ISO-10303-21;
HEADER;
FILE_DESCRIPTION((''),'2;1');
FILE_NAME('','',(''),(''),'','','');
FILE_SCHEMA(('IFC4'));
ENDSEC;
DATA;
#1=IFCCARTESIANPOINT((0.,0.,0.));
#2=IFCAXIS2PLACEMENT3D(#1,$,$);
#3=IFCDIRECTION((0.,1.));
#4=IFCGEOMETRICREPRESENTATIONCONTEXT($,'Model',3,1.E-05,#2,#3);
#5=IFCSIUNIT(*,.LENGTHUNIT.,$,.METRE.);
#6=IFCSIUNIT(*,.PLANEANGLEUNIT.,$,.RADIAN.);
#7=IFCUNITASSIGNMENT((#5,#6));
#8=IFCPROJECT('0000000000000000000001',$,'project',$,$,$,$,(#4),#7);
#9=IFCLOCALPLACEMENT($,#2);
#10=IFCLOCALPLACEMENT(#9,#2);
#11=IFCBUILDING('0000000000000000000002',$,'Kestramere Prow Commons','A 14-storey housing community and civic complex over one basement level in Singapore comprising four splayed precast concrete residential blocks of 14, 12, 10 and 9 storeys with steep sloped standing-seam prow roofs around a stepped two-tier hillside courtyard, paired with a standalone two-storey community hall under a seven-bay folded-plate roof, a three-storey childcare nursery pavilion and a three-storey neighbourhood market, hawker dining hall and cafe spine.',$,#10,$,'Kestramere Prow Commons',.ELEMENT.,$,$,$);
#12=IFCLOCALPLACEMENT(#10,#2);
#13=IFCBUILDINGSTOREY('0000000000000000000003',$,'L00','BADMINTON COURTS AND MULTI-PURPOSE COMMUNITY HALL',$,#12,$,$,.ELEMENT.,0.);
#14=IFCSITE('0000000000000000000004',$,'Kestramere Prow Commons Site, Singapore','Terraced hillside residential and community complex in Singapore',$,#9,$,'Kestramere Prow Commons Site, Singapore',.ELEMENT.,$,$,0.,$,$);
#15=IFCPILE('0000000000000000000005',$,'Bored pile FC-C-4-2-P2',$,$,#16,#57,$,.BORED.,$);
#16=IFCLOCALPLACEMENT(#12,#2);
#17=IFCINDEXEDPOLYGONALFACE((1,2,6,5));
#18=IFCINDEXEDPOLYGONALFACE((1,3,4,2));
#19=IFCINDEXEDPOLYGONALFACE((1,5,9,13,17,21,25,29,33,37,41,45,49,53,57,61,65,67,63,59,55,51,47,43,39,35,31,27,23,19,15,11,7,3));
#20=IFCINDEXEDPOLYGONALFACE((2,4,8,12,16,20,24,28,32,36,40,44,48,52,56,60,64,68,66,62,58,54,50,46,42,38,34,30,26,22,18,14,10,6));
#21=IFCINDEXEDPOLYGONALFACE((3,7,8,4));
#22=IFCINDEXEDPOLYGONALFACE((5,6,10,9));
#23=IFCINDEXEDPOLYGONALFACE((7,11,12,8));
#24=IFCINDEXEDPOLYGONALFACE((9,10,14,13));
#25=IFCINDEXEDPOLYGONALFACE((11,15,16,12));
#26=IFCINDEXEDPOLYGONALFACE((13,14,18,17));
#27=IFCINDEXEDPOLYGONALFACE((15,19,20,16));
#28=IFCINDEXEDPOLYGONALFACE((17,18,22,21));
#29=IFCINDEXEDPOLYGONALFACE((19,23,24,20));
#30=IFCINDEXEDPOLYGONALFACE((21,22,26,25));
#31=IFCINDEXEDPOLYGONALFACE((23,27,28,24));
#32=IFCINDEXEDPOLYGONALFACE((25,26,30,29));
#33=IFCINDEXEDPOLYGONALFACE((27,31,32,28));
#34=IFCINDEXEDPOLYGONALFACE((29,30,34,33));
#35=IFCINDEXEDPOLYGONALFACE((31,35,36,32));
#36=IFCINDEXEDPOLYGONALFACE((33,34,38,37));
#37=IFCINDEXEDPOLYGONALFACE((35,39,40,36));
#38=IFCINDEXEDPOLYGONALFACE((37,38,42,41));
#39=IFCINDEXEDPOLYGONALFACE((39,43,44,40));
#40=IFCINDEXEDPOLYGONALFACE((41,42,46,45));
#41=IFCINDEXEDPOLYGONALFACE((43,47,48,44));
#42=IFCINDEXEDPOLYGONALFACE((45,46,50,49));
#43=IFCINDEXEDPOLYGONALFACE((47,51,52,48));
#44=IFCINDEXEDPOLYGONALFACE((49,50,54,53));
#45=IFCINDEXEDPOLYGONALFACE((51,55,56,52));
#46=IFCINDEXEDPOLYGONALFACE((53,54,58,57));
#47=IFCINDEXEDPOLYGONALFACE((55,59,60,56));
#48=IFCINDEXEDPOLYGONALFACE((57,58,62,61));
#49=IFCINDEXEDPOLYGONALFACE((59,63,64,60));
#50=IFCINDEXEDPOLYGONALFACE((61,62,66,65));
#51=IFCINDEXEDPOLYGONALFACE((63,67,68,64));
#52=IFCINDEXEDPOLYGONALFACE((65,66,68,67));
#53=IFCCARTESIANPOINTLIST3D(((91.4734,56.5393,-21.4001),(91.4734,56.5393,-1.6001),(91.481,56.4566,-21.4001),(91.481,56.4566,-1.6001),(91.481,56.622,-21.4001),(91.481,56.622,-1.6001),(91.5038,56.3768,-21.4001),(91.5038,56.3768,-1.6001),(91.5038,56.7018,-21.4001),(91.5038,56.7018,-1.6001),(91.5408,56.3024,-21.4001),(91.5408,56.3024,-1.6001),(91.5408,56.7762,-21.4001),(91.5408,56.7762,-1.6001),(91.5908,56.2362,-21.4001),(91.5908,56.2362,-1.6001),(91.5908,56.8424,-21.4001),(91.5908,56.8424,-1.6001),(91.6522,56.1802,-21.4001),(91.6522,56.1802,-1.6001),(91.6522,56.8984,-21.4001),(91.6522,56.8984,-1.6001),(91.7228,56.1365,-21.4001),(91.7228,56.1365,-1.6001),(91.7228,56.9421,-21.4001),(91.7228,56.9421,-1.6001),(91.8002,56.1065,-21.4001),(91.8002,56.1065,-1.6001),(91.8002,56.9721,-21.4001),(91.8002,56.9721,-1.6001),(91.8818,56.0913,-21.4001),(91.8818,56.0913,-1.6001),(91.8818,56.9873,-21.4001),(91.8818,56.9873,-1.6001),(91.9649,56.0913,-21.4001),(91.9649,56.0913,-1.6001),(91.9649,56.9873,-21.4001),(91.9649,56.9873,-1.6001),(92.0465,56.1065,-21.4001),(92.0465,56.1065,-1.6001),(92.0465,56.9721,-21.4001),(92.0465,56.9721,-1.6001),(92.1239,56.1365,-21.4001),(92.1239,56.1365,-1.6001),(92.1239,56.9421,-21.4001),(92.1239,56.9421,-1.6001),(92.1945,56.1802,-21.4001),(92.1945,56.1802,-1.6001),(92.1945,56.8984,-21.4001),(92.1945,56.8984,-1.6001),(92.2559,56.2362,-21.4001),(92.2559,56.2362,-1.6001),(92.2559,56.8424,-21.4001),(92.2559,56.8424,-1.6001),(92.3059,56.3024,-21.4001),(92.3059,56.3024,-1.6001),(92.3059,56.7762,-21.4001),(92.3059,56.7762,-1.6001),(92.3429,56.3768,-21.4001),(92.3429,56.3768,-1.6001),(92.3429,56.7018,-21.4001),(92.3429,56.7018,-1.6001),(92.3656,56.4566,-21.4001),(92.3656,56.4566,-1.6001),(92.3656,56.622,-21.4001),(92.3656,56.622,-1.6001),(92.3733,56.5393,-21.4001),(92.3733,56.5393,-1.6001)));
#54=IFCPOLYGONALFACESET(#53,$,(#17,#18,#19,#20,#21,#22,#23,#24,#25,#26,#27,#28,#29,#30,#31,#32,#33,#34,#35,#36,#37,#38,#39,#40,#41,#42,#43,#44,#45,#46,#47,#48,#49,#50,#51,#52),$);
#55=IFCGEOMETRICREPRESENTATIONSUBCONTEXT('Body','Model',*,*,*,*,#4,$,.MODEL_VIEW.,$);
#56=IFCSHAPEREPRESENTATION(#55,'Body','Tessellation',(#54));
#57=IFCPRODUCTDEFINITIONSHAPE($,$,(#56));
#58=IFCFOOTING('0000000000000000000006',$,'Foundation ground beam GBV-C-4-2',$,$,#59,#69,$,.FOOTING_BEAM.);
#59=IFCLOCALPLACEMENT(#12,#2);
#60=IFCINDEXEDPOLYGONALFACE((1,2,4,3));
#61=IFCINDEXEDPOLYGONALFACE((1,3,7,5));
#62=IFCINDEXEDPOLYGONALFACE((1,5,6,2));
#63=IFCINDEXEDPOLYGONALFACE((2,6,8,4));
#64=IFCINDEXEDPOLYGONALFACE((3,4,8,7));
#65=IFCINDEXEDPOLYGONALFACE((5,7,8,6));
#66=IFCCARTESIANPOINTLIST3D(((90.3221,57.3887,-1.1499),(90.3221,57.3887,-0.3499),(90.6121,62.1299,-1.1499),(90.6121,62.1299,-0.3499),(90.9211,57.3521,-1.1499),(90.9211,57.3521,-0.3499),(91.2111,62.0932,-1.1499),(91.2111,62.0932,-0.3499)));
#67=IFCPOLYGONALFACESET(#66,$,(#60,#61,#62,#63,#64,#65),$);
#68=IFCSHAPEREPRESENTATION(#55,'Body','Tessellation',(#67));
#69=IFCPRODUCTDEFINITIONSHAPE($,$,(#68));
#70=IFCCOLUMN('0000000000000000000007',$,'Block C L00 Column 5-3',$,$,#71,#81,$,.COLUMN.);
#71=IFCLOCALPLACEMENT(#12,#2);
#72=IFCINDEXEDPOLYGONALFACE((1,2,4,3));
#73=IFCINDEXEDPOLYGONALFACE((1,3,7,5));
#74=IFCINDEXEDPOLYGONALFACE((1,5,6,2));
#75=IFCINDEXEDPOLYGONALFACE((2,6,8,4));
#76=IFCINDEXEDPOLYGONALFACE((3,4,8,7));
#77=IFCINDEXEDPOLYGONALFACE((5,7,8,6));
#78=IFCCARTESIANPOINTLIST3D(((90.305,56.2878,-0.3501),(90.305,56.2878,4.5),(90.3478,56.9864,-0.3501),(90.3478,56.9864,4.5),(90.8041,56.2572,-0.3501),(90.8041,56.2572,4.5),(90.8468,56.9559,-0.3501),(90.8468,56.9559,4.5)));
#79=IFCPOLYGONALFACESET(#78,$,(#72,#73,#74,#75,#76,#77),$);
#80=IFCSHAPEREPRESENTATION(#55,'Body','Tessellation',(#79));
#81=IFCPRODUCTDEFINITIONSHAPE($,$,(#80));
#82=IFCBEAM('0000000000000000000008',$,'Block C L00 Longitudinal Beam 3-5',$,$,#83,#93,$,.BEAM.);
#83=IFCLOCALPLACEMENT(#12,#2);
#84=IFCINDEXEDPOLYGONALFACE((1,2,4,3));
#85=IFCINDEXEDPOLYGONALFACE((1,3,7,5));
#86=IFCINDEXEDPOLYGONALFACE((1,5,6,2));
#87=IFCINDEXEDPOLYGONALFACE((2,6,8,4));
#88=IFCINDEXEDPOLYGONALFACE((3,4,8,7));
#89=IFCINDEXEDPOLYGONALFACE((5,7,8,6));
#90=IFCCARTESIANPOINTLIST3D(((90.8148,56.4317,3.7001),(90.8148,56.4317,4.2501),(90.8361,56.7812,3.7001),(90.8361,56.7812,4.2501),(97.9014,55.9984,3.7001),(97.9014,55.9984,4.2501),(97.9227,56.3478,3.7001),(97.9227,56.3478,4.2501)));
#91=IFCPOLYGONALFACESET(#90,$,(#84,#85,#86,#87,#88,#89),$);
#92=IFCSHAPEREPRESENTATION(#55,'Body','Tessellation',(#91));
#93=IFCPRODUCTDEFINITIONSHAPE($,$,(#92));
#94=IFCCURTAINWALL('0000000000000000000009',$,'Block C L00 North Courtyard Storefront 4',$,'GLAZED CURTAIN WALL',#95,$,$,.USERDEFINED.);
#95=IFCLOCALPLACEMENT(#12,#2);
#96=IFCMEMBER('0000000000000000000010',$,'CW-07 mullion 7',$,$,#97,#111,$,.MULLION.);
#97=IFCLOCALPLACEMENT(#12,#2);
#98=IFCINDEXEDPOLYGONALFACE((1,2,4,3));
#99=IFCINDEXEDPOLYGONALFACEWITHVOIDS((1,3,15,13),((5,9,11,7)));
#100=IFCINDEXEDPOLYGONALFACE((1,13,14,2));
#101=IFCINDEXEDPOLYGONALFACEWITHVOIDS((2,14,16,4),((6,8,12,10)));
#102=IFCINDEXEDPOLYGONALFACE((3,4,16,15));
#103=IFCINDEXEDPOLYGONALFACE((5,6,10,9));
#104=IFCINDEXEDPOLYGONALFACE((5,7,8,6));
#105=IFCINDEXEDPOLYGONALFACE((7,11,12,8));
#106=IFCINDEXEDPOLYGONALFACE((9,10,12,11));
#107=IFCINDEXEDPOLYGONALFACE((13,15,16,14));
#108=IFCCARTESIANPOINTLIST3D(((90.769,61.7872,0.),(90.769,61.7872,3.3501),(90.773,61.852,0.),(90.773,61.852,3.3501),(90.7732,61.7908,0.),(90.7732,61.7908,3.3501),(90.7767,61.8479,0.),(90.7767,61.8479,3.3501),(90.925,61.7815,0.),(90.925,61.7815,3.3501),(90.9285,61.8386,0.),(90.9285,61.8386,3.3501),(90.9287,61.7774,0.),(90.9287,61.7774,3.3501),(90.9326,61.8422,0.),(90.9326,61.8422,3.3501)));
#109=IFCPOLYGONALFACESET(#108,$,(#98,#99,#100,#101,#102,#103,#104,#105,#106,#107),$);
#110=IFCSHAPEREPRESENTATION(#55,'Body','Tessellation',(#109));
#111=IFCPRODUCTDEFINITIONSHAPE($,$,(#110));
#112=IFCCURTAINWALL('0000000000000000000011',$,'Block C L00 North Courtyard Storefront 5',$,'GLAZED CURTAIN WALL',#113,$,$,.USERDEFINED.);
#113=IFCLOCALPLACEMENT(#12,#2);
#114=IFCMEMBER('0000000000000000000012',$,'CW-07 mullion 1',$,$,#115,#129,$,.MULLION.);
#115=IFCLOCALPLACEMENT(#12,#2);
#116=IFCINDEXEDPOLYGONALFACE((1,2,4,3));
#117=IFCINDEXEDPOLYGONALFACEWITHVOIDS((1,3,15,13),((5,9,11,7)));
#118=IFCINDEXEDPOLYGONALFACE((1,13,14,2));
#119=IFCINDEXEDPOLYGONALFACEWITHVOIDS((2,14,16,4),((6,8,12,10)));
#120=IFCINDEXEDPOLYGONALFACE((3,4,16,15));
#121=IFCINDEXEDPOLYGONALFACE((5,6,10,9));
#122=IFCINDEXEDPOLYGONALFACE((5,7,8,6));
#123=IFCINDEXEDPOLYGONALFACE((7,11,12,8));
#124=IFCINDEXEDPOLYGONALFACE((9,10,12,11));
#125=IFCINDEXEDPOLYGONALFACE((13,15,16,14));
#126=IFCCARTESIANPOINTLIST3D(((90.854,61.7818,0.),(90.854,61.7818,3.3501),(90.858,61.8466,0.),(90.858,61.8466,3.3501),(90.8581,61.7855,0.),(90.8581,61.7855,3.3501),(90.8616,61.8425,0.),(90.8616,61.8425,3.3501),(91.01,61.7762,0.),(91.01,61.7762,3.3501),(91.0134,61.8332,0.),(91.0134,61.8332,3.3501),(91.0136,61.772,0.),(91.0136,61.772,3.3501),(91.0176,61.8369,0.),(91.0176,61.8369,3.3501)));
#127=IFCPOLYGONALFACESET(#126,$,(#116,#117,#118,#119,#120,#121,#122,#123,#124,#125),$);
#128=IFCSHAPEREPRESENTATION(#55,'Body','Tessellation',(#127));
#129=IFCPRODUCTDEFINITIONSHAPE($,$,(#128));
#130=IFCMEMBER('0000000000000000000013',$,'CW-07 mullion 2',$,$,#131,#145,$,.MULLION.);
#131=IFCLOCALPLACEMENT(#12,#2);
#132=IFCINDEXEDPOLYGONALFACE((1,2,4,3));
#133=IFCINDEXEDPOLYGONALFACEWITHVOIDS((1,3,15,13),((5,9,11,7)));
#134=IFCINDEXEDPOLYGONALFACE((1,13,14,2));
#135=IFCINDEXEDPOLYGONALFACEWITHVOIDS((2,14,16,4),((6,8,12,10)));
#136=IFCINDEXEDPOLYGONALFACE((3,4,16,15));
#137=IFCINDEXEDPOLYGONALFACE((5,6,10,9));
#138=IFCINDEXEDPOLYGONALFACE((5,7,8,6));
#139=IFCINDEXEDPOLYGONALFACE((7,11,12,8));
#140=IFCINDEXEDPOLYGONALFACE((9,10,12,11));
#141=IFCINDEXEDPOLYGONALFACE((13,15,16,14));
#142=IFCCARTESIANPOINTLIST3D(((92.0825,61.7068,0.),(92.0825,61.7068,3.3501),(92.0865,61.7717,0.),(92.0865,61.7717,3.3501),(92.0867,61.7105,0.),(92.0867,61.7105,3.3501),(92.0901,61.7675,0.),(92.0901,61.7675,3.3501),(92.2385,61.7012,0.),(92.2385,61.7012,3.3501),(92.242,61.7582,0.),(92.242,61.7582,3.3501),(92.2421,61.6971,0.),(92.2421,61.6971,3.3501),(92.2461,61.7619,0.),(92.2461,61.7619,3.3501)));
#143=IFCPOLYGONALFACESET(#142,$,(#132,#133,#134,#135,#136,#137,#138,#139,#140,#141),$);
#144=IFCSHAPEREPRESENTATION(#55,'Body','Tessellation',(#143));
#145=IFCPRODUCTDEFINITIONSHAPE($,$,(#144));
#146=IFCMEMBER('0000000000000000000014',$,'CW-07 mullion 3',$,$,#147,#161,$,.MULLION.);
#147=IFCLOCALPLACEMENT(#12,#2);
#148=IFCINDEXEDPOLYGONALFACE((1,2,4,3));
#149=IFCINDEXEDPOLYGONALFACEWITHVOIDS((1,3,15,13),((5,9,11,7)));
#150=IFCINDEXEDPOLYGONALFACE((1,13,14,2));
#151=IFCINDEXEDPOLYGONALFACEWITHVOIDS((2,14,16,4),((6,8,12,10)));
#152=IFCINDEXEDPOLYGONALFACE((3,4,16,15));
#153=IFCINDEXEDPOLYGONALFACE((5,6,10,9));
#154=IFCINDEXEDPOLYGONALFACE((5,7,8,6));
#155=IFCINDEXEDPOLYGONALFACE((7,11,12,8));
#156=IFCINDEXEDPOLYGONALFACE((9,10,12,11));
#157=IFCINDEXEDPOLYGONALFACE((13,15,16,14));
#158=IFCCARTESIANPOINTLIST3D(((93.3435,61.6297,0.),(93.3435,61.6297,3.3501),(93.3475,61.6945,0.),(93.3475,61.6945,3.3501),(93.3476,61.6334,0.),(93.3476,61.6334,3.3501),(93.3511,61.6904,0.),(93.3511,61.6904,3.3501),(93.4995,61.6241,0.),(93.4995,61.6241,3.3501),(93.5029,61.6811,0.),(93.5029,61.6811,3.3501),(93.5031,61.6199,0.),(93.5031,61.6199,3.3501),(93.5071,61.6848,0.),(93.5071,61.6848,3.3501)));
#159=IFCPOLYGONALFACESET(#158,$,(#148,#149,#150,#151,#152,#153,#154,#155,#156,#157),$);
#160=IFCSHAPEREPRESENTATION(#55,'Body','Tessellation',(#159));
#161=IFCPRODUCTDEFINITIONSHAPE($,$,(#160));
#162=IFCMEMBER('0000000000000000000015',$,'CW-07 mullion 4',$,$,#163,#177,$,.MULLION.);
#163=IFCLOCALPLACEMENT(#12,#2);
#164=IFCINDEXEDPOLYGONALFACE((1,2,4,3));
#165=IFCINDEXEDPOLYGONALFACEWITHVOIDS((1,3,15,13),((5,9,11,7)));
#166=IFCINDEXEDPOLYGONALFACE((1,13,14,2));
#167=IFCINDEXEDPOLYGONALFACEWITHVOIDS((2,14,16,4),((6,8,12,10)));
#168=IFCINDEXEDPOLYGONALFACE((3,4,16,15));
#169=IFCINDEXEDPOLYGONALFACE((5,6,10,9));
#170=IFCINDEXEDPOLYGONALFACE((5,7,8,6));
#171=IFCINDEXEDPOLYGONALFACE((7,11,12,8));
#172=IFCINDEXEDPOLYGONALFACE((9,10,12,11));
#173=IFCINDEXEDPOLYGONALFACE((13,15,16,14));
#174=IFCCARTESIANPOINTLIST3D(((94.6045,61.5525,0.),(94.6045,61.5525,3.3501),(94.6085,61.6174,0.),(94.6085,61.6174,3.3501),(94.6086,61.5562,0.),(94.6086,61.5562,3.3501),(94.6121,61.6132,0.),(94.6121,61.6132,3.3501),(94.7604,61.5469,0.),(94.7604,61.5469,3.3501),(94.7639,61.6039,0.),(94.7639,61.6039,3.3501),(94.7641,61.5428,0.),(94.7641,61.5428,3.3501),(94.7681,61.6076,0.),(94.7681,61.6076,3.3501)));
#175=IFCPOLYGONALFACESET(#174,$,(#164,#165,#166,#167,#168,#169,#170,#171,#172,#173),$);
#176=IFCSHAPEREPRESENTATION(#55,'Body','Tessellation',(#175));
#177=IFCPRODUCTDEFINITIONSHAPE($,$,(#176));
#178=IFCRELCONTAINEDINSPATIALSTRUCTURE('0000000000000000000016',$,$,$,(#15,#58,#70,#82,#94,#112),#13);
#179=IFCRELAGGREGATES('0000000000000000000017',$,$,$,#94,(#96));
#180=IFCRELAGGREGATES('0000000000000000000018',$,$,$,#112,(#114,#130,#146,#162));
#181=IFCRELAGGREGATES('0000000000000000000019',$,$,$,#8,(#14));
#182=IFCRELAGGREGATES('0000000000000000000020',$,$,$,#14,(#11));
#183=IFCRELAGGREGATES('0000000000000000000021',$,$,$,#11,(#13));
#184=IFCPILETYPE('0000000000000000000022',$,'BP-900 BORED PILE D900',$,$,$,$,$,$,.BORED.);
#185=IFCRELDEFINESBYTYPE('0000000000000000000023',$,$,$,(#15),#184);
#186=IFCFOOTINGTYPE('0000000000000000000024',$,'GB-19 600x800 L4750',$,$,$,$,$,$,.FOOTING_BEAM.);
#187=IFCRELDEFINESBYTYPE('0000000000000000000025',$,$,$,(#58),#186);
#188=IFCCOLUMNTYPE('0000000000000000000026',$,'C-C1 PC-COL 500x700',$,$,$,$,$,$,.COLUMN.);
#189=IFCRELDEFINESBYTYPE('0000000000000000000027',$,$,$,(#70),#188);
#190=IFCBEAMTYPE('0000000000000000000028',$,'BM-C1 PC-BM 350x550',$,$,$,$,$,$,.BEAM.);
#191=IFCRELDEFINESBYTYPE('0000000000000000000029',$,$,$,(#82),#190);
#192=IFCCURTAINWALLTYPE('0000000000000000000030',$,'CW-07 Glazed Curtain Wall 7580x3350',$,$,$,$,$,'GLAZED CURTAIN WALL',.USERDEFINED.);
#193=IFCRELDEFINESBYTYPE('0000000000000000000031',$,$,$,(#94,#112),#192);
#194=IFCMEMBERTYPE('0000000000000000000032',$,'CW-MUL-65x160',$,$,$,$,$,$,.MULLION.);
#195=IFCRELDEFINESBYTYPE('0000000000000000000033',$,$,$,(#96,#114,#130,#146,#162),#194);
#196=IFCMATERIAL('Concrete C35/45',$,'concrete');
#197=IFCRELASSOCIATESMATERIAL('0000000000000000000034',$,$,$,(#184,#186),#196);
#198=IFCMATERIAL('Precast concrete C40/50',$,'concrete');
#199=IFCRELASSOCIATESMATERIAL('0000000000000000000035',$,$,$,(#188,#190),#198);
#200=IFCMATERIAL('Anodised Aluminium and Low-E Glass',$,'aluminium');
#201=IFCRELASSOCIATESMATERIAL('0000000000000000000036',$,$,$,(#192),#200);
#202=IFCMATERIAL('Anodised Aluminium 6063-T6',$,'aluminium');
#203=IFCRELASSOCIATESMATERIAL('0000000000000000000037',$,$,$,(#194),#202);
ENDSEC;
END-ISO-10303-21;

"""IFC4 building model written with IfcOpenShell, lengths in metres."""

from ifc_helpers import new_model, si_unit, direction, frame, origin, origin_2d, place, context, subcontext, project, spatial, rectangle, hollow_rectangle, circle, extrude, material, material_profile, profile_set, type_object, element, aggregate, save


model = new_model("IFC4")

# Units and contexts
model_context = context("Model", 3, precision=1e-05, world=origin(), true_north=direction((0.0, 1.0)))
body_context = subcontext(model_context, "Body", "Model", "MODEL_VIEW")
ifc_project = project(units=[si_unit("LENGTHUNIT", "METRE"), si_unit("PLANEANGLEUNIT", "RADIAN")], contexts=[model_context])

# Site, building, storey
site_placement = place(None, origin())
site = spatial("IfcSite", under=ifc_project, at=site_placement, Name="Kestramere Prow Commons Site, Singapore", Description="Terraced hillside residential and community complex in Singapore", LongName="Kestramere Prow Commons Site, Singapore", CompositionType="ELEMENT", RefElevation=0.0)
building_placement = place(site_placement, origin())
building = spatial("IfcBuilding", under=site, at=building_placement, Name="Kestramere Prow Commons", Description="A 14-storey housing community and civic complex over one basement level in Singapore comprising four splayed precast concrete residential blocks of 14, 12, 10 and 9 storeys with steep sloped standing-seam prow roofs around a stepped two-tier hillside courtyard, paired with a standalone two-storey community hall under a seven-bay folded-plate roof, a three-storey childcare nursery pavilion and a three-storey neighbourhood market, hawker dining hall and cafe spine.", LongName="Kestramere Prow Commons", CompositionType="ELEMENT")
storey_placement = place(building_placement, origin())
storey = spatial("IfcBuildingStorey", under=building, at=storey_placement, Name="L00", Description="BADMINTON COURTS AND MULTI-PURPOSE COMMUNITY HALL", CompositionType="ELEMENT", Elevation=0.0)

# Pile
ifc_material_1 = material(Name="Concrete C35/45", Category="concrete")
ifc_material_profile_1 = material_profile(ifc_material_1, circle(Radius=0.45, at=origin_2d()), Name="BORED PILE D900")
ifc_profile_set_1 = profile_set([ifc_material_profile_1], Name="Concrete C35/45")
pile_type = type_object("IfcPileType", Name="BP-900 BORED PILE D900", PredefinedType="BORED", material=ifc_profile_set_1)
pile_placement = place(storey_placement, frame((91.9233, 56.5393, -1.6001), z_axis=(0.0, 0.0, -1.0), x_axis=(1.0, 0.0, 0.0)))
element("IfcPile", 1, at=pile_placement, inside=storey, type_object=pile_type, Name="Bored pile FC-C-4-2-P2", PredefinedType="BORED", context=body_context, shape_type="SweptSolid", body=[
    extrude(circle(Radius=0.45, at=origin_2d()), origin(), (0.0, 0.0, 1.0), 19.8),
])

# Footing
footing_type = type_object("IfcFootingType", Name="GB-19 600x800 L4750", PredefinedType="FOOTING_BEAM", material=ifc_material_1)
footing_placement = place(storey_placement, frame((90.7666, 59.741, -1.1499), z_axis=(0.0, 0.0, 1.0), x_axis=(0.061049, 0.998135, 0.0)))
element("IfcFooting", 2, at=footing_placement, inside=storey, type_object=footing_type, Name="Foundation ground beam GBV-C-4-2", PredefinedType="FOOTING_BEAM", context=body_context, shape_type="SweptSolid", body=[
    extrude(rectangle(XDim=4.75, YDim=0.6001, at=origin_2d()), origin(), (0.0, 0.0, 1.0), 0.8),
])

# Column
ifc_material_2 = material(Name="Precast concrete C40/50", Category="concrete")
ifc_material_profile_2 = material_profile(ifc_material_2, rectangle(XDim=0.5, YDim=0.7, at=origin_2d()), Name="PC-COL 500x700")
ifc_profile_set_2 = profile_set([ifc_material_profile_2], Name="Precast concrete C40/50")
column_type = type_object("IfcColumnType", Name="C-C1 PC-COL 500x700", PredefinedType="COLUMN", material=ifc_profile_set_2)
column_placement = place(storey_placement, frame((90.5759, 56.6218, -0.3501), z_axis=(0.0, 0.0, 1.0), x_axis=(0.998135, -0.061049, 0.0)))
element("IfcColumn", 3, at=column_placement, inside=storey, type_object=column_type, Name="Block C L00 Column 5-3", PredefinedType="COLUMN", context=body_context, shape_type="SweptSolid", body=[
    extrude(rectangle(XDim=0.5, YDim=0.7, at=origin_2d()), origin(), (0.0, 0.0, 1.0), 4.8501),
])

# Beam
ifc_material_profile_3 = material_profile(ifc_material_2, rectangle(XDim=0.3501, YDim=0.55, at=origin_2d()), Name="PC-BM 350x550")
ifc_profile_set_3 = profile_set([ifc_material_profile_3], Name="Precast concrete C40/50")
beam_type_1 = type_object("IfcBeamType", Name="BM-C1 PC-BM 350x550", PredefinedType="BEAM", material=ifc_profile_set_3)
beam_1_placement = place(storey_placement, frame((90.8254, 56.6064, 3.9751), z_axis=(0.998136, -0.061036, 0.0), x_axis=(0.061036, 0.998136, 0.0)))
element("IfcBeam", 4, at=beam_1_placement, inside=storey, type_object=beam_type_1, Name="Block C L00 Longitudinal Beam 3-5", PredefinedType="BEAM", context=body_context, shape_type="SweptSolid", body=[
    extrude(rectangle(XDim=0.3501, YDim=0.55, at=origin_2d()), origin(), (0.0, 0.0, 1.0), 7.0999),
])

# Curtain wall, member
ifc_material_3 = material(Name="Anodised Aluminium and Low-E Glass", Category="aluminium")
curtain_wall_type = type_object("IfcCurtainWallType", Name="CW-07 Glazed Curtain Wall 7580x3350", ElementType="GLAZED CURTAIN WALL", PredefinedType="USERDEFINED", material=ifc_material_3)
curtain_wall_1_placement = place(storey_placement, origin())
curtain_wall_1 = element("IfcCurtainWall", 5, at=curtain_wall_1_placement, inside=storey, type_object=curtain_wall_type, Name="Block C L00 North Courtyard Storefront 4", ObjectType="GLAZED CURTAIN WALL", PredefinedType="USERDEFINED")
ifc_material_4 = material(Name="Anodised Aluminium 6063-T6", Category="aluminium")
ifc_material_profile_4 = material_profile(ifc_material_4, hollow_rectangle(XDim=0.0649, YDim=0.1599, WallThickness=0.0039, at=origin_2d()), Name="ALU-MUL 65x160")
ifc_profile_set_4 = profile_set([ifc_material_profile_4], Name="Anodised Aluminium 6063-T6")
member_type_1 = type_object("IfcMemberType", Name="CW-MUL-65x160", PredefinedType="MULLION", material=ifc_profile_set_4)
member_1_placement = place(storey_placement, frame((90.8508, 61.8147, 0.0), z_axis=(0.0, 0.0, 1.0), x_axis=(0.061049, 0.998135, 0.0)))
member_1 = element("IfcMember", 6, at=member_1_placement, type_object=member_type_1, Name="CW-07 mullion 7", PredefinedType="MULLION", context=body_context, shape_type="SweptSolid", body=[
    extrude(hollow_rectangle(XDim=0.0649, YDim=0.1599, WallThickness=0.0039, at=origin_2d()), origin(), (0.0, 0.0, 1.0), 3.3501),
])
aggregate(curtain_wall_1, [member_1])

# Curtain wall, members
curtain_wall_2_placement = place(storey_placement, origin())
curtain_wall_2 = element("IfcCurtainWall", 7, at=curtain_wall_2_placement, inside=storey, type_object=curtain_wall_type, Name="Block C L00 North Courtyard Storefront 5", ObjectType="GLAZED CURTAIN WALL", PredefinedType="USERDEFINED")
member_2_placement = place(storey_placement, frame((90.9358, 61.8093, 0.0), z_axis=(0.0, 0.0, 1.0), x_axis=(0.061048, 0.998135, 0.0)))
member_2 = element("IfcMember", 8, at=member_2_placement, type_object=member_type_1, Name="CW-07 mullion 1", PredefinedType="MULLION", context=body_context, shape_type="SweptSolid", body=[
    extrude(hollow_rectangle(XDim=0.0649, YDim=0.1599, WallThickness=0.0039, at=origin_2d()), origin(), (0.0, 0.0, 1.0), 3.3501),
])
member_3_placement = place(storey_placement, frame((92.1643, 61.7344, 0.0), z_axis=(0.0, 0.0, 1.0), x_axis=(0.061048, 0.998135, 0.0)))
member_3 = element("IfcMember", 9, at=member_3_placement, type_object=member_type_1, Name="CW-07 mullion 2", PredefinedType="MULLION", context=body_context, shape_type="SweptSolid", body=[
    extrude(hollow_rectangle(XDim=0.0649, YDim=0.1599, WallThickness=0.0039, at=origin_2d()), origin(), (0.0, 0.0, 1.0), 3.3501),
])
member_4_placement = place(storey_placement, frame((93.4253, 61.6572, 0.0), z_axis=(0.0, 0.0, 1.0), x_axis=(0.061048, 0.998135, 0.0)))
member_4 = element("IfcMember", 10, at=member_4_placement, type_object=member_type_1, Name="CW-07 mullion 3", PredefinedType="MULLION", context=body_context, shape_type="SweptSolid", body=[
    extrude(hollow_rectangle(XDim=0.0649, YDim=0.1599, WallThickness=0.0039, at=origin_2d()), origin(), (0.0, 0.0, 1.0), 3.3501),
])
member_5_placement = place(storey_placement, frame((94.6863, 61.5801, 0.0), z_axis=(0.0, 0.0, 1.0), x_axis=(0.061048, 0.998135, 0.0)))
member_5 = element("IfcMember", 11, at=member_5_placement, type_object=member_type_1, Name="CW-07 mullion 4", PredefinedType="MULLION", context=body_context, shape_type="SweptSolid", body=[
    extrude(hollow_rectangle(XDim=0.0649, YDim=0.1599, WallThickness=0.0039, at=origin_2d()), origin(), (0.0, 0.0, 1.0), 3.3501),
])

aggregate(curtain_wall_2, [member_2, member_3, member_4, member_5])

save(model, "model.ifc")
